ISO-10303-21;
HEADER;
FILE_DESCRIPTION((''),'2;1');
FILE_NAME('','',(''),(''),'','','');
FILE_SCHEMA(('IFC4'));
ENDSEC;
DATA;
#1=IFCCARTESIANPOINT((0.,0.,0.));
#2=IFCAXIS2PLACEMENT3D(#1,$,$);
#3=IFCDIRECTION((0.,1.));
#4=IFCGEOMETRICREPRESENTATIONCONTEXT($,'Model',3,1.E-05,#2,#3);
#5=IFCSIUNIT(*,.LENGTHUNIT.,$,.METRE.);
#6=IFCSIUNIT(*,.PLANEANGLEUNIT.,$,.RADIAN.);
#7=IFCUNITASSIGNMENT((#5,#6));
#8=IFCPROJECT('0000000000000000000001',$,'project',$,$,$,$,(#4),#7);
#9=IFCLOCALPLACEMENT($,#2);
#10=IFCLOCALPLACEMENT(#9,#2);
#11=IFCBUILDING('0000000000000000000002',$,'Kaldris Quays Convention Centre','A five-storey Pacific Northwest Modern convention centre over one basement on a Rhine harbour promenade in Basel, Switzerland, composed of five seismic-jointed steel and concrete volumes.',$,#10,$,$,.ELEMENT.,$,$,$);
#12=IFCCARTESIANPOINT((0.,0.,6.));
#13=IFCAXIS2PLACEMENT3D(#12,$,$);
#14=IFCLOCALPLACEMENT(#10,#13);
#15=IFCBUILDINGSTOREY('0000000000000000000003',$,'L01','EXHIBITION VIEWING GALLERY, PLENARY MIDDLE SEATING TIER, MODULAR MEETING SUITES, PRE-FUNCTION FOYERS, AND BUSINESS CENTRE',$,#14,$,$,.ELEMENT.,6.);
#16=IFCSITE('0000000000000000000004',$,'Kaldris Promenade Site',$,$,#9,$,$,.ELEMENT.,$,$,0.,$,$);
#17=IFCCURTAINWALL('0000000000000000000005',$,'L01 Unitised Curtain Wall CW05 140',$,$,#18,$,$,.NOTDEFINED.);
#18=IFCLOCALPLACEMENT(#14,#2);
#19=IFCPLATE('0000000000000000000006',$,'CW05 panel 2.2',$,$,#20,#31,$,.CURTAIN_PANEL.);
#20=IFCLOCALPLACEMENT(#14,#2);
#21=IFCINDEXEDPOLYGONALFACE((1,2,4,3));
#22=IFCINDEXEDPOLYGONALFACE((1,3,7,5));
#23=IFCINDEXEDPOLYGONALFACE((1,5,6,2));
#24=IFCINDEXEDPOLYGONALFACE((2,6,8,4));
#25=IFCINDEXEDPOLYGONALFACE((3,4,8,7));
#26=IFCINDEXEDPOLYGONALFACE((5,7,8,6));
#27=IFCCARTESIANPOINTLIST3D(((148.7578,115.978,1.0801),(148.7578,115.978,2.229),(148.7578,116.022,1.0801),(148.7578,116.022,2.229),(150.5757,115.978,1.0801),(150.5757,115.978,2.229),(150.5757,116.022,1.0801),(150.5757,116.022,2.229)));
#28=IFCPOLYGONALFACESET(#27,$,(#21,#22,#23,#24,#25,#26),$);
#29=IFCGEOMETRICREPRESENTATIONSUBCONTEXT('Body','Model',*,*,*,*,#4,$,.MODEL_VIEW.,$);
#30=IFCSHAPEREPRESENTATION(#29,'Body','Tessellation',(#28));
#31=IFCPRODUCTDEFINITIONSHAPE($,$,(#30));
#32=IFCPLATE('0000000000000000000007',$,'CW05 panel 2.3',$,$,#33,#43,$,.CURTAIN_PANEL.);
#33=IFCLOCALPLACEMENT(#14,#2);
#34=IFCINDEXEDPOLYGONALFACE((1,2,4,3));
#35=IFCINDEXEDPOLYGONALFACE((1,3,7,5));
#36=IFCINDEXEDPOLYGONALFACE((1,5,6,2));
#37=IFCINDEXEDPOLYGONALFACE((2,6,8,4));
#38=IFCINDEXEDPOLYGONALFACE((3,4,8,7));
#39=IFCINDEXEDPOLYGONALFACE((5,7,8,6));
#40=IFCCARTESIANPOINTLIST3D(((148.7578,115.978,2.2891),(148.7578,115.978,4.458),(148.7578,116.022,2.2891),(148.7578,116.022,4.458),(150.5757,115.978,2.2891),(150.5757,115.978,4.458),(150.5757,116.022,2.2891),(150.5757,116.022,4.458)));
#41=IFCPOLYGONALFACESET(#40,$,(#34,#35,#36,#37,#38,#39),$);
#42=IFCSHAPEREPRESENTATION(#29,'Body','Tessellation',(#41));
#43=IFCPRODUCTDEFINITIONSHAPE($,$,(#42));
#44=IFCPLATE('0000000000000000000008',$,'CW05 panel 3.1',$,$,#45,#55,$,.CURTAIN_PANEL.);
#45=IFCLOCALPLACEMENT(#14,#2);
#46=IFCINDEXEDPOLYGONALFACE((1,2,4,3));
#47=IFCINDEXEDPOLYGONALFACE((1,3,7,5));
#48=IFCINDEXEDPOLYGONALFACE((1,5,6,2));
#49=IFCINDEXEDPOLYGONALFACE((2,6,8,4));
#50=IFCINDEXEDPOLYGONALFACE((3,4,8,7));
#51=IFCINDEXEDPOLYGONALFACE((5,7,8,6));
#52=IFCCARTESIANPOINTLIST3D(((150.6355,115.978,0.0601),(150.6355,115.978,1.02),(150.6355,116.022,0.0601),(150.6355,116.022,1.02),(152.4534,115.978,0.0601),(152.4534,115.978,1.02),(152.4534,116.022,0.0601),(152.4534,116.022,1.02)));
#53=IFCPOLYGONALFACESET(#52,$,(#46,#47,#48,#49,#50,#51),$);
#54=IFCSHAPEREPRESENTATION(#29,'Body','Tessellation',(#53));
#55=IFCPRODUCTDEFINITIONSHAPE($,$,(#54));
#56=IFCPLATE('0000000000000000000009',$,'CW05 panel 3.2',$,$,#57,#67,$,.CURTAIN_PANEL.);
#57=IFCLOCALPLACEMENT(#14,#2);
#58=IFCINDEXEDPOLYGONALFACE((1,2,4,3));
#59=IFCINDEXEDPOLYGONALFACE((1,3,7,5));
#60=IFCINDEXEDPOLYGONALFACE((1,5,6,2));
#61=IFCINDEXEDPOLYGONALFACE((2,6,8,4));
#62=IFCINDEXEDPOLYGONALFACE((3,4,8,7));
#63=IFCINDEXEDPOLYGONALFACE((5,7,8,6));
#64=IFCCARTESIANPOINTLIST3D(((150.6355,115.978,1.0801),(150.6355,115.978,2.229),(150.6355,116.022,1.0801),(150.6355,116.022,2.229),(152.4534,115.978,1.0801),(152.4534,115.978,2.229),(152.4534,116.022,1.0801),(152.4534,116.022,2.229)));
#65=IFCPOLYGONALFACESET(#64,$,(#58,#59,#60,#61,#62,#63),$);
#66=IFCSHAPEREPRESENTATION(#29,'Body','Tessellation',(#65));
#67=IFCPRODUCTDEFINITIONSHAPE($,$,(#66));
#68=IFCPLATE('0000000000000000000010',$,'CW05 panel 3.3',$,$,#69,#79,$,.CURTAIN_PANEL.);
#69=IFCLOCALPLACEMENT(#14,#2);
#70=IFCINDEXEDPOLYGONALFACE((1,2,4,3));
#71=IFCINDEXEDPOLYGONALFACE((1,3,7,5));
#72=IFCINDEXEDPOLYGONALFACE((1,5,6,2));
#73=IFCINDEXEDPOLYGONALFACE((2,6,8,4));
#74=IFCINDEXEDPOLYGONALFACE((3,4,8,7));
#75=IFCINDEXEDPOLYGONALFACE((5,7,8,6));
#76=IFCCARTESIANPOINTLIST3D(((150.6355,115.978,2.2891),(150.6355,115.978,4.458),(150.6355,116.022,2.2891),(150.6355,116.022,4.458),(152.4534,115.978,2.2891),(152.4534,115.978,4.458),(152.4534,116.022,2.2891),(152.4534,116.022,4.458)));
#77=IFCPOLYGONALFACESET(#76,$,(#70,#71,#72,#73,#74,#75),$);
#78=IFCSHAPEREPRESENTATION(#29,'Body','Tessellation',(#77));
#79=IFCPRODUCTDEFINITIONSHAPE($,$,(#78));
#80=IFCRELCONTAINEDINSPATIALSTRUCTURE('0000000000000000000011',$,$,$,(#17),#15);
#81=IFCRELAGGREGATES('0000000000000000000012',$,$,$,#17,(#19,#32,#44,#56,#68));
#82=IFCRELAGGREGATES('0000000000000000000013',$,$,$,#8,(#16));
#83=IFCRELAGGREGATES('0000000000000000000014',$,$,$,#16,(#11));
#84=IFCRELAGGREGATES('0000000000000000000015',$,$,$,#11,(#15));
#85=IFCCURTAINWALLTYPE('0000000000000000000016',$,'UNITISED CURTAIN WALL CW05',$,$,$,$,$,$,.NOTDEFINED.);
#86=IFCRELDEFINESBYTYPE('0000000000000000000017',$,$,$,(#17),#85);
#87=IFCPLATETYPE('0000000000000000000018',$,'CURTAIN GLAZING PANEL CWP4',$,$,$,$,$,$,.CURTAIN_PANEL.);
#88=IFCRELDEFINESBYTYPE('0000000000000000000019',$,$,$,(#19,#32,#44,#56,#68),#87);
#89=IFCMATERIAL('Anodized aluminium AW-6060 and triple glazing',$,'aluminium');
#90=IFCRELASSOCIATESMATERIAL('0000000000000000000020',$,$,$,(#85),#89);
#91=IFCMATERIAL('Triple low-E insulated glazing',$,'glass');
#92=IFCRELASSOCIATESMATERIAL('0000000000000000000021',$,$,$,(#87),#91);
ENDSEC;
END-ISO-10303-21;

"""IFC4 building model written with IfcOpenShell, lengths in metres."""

from ifc_helpers import new_model, si_unit, direction, frame, origin, origin_2d, place, context, subcontext, project, spatial, rectangle, extrude, material, type_object, element, aggregate, save


model = new_model("IFC4")

# Units and contexts
model_context = context("Model", 3, precision=1e-05, world=origin(), true_north=direction((0.0, 1.0)))
body_context = subcontext(model_context, "Body", "Model", "MODEL_VIEW")
ifc_project = project(units=[si_unit("LENGTHUNIT", "METRE"), si_unit("PLANEANGLEUNIT", "RADIAN")], contexts=[model_context])

# Site, building, storey
site_placement = place(None, origin())
site = spatial("IfcSite", under=ifc_project, at=site_placement, Name="Kaldris Promenade Site", CompositionType="ELEMENT", RefElevation=0.0)
building_placement = place(site_placement, origin())
building = spatial("IfcBuilding", under=site, at=building_placement, Name="Kaldris Quays Convention Centre", Description="A five-storey Pacific Northwest Modern convention centre over one basement on a Rhine harbour promenade in Basel, Switzerland, composed of five seismic-jointed steel and concrete volumes.", CompositionType="ELEMENT")
storey_placement = place(building_placement, frame((0.0, 0.0, 6.0)))
storey = spatial("IfcBuildingStorey", under=building, at=storey_placement, Name="L01", Description="EXHIBITION VIEWING GALLERY, PLENARY MIDDLE SEATING TIER, MODULAR MEETING SUITES, PRE-FUNCTION FOYERS, AND BUSINESS CENTRE", CompositionType="ELEMENT", Elevation=6.0)

# Curtain wall
ifc_material_1 = material(Name="Anodized aluminium AW-6060 and triple glazing", Category="aluminium")
curtain_wall_type = type_object("IfcCurtainWallType", Name="UNITISED CURTAIN WALL CW05", PredefinedType="NOTDEFINED", material=ifc_material_1)
curtain_wall_placement = place(storey_placement, origin())
curtain_wall = element("IfcCurtainWall", 1, at=curtain_wall_placement, inside=storey, type_object=curtain_wall_type, Name="L01 Unitised Curtain Wall CW05 140", PredefinedType="NOTDEFINED")

# Plates
ifc_material_2 = material(Name="Triple low-E insulated glazing", Category="glass")
plate_type = type_object("IfcPlateType", Name="CURTAIN GLAZING PANEL CWP4", PredefinedType="CURTAIN_PANEL", material=ifc_material_2)
plate_1_placement = place(storey_placement, frame((149.6667, 116.0, 1.0801), z_axis=(0.0, 0.0, 1.0), x_axis=(1.0, 0.0, 0.0)))
plate_1 = element("IfcPlate", 2, at=plate_1_placement, type_object=plate_type, Name="CW05 panel 2.2", PredefinedType="CURTAIN_PANEL", context=body_context, shape_type="SweptSolid", body=[
    extrude(rectangle(XDim=1.8179, YDim=0.0439, at=origin_2d()), origin(), (0.0, 0.0, 1.0), 1.1489),
])
plate_2_placement = place(storey_placement, frame((149.6667, 116.0, 2.2891), z_axis=(0.0, 0.0, 1.0), x_axis=(1.0, 0.0, 0.0)))
plate_2 = element("IfcPlate", 3, at=plate_2_placement, type_object=plate_type, Name="CW05 panel 2.3", PredefinedType="CURTAIN_PANEL", context=body_context, shape_type="SweptSolid", body=[
    extrude(rectangle(XDim=1.8179, YDim=0.0439, at=origin_2d()), origin(), (0.0, 0.0, 1.0), 2.1689),
])
plate_3_placement = place(storey_placement, frame((151.5444, 116.0, 0.0601), z_axis=(0.0, 0.0, 1.0), x_axis=(1.0, 0.0, 0.0)))
plate_3 = element("IfcPlate", 4, at=plate_3_placement, type_object=plate_type, Name="CW05 panel 3.1", PredefinedType="CURTAIN_PANEL", context=body_context, shape_type="SweptSolid", body=[
    extrude(rectangle(XDim=1.8179, YDim=0.0439, at=origin_2d()), origin(), (0.0, 0.0, 1.0), 0.96),
])
plate_4_placement = place(storey_placement, frame((151.5444, 116.0, 1.0801), z_axis=(0.0, 0.0, 1.0), x_axis=(1.0, 0.0, 0.0)))
plate_4 = element("IfcPlate", 5, at=plate_4_placement, type_object=plate_type, Name="CW05 panel 3.2", PredefinedType="CURTAIN_PANEL", context=body_context, shape_type="SweptSolid", body=[
    extrude(rectangle(XDim=1.8179, YDim=0.0439, at=origin_2d()), origin(), (0.0, 0.0, 1.0), 1.1489),
])
plate_5_placement = place(storey_placement, frame((151.5444, 116.0, 2.2891), z_axis=(0.0, 0.0, 1.0), x_axis=(1.0, 0.0, 0.0)))
plate_5 = element("IfcPlate", 6, at=plate_5_placement, type_object=plate_type, Name="CW05 panel 3.3", PredefinedType="CURTAIN_PANEL", context=body_context, shape_type="SweptSolid", body=[
    extrude(rectangle(XDim=1.8179, YDim=0.0439, at=origin_2d()), origin(), (0.0, 0.0, 1.0), 2.1689),
])
aggregate(curtain_wall, [plate_1, plate_2, plate_3, plate_4, plate_5])

save(model, "model.ifc")
